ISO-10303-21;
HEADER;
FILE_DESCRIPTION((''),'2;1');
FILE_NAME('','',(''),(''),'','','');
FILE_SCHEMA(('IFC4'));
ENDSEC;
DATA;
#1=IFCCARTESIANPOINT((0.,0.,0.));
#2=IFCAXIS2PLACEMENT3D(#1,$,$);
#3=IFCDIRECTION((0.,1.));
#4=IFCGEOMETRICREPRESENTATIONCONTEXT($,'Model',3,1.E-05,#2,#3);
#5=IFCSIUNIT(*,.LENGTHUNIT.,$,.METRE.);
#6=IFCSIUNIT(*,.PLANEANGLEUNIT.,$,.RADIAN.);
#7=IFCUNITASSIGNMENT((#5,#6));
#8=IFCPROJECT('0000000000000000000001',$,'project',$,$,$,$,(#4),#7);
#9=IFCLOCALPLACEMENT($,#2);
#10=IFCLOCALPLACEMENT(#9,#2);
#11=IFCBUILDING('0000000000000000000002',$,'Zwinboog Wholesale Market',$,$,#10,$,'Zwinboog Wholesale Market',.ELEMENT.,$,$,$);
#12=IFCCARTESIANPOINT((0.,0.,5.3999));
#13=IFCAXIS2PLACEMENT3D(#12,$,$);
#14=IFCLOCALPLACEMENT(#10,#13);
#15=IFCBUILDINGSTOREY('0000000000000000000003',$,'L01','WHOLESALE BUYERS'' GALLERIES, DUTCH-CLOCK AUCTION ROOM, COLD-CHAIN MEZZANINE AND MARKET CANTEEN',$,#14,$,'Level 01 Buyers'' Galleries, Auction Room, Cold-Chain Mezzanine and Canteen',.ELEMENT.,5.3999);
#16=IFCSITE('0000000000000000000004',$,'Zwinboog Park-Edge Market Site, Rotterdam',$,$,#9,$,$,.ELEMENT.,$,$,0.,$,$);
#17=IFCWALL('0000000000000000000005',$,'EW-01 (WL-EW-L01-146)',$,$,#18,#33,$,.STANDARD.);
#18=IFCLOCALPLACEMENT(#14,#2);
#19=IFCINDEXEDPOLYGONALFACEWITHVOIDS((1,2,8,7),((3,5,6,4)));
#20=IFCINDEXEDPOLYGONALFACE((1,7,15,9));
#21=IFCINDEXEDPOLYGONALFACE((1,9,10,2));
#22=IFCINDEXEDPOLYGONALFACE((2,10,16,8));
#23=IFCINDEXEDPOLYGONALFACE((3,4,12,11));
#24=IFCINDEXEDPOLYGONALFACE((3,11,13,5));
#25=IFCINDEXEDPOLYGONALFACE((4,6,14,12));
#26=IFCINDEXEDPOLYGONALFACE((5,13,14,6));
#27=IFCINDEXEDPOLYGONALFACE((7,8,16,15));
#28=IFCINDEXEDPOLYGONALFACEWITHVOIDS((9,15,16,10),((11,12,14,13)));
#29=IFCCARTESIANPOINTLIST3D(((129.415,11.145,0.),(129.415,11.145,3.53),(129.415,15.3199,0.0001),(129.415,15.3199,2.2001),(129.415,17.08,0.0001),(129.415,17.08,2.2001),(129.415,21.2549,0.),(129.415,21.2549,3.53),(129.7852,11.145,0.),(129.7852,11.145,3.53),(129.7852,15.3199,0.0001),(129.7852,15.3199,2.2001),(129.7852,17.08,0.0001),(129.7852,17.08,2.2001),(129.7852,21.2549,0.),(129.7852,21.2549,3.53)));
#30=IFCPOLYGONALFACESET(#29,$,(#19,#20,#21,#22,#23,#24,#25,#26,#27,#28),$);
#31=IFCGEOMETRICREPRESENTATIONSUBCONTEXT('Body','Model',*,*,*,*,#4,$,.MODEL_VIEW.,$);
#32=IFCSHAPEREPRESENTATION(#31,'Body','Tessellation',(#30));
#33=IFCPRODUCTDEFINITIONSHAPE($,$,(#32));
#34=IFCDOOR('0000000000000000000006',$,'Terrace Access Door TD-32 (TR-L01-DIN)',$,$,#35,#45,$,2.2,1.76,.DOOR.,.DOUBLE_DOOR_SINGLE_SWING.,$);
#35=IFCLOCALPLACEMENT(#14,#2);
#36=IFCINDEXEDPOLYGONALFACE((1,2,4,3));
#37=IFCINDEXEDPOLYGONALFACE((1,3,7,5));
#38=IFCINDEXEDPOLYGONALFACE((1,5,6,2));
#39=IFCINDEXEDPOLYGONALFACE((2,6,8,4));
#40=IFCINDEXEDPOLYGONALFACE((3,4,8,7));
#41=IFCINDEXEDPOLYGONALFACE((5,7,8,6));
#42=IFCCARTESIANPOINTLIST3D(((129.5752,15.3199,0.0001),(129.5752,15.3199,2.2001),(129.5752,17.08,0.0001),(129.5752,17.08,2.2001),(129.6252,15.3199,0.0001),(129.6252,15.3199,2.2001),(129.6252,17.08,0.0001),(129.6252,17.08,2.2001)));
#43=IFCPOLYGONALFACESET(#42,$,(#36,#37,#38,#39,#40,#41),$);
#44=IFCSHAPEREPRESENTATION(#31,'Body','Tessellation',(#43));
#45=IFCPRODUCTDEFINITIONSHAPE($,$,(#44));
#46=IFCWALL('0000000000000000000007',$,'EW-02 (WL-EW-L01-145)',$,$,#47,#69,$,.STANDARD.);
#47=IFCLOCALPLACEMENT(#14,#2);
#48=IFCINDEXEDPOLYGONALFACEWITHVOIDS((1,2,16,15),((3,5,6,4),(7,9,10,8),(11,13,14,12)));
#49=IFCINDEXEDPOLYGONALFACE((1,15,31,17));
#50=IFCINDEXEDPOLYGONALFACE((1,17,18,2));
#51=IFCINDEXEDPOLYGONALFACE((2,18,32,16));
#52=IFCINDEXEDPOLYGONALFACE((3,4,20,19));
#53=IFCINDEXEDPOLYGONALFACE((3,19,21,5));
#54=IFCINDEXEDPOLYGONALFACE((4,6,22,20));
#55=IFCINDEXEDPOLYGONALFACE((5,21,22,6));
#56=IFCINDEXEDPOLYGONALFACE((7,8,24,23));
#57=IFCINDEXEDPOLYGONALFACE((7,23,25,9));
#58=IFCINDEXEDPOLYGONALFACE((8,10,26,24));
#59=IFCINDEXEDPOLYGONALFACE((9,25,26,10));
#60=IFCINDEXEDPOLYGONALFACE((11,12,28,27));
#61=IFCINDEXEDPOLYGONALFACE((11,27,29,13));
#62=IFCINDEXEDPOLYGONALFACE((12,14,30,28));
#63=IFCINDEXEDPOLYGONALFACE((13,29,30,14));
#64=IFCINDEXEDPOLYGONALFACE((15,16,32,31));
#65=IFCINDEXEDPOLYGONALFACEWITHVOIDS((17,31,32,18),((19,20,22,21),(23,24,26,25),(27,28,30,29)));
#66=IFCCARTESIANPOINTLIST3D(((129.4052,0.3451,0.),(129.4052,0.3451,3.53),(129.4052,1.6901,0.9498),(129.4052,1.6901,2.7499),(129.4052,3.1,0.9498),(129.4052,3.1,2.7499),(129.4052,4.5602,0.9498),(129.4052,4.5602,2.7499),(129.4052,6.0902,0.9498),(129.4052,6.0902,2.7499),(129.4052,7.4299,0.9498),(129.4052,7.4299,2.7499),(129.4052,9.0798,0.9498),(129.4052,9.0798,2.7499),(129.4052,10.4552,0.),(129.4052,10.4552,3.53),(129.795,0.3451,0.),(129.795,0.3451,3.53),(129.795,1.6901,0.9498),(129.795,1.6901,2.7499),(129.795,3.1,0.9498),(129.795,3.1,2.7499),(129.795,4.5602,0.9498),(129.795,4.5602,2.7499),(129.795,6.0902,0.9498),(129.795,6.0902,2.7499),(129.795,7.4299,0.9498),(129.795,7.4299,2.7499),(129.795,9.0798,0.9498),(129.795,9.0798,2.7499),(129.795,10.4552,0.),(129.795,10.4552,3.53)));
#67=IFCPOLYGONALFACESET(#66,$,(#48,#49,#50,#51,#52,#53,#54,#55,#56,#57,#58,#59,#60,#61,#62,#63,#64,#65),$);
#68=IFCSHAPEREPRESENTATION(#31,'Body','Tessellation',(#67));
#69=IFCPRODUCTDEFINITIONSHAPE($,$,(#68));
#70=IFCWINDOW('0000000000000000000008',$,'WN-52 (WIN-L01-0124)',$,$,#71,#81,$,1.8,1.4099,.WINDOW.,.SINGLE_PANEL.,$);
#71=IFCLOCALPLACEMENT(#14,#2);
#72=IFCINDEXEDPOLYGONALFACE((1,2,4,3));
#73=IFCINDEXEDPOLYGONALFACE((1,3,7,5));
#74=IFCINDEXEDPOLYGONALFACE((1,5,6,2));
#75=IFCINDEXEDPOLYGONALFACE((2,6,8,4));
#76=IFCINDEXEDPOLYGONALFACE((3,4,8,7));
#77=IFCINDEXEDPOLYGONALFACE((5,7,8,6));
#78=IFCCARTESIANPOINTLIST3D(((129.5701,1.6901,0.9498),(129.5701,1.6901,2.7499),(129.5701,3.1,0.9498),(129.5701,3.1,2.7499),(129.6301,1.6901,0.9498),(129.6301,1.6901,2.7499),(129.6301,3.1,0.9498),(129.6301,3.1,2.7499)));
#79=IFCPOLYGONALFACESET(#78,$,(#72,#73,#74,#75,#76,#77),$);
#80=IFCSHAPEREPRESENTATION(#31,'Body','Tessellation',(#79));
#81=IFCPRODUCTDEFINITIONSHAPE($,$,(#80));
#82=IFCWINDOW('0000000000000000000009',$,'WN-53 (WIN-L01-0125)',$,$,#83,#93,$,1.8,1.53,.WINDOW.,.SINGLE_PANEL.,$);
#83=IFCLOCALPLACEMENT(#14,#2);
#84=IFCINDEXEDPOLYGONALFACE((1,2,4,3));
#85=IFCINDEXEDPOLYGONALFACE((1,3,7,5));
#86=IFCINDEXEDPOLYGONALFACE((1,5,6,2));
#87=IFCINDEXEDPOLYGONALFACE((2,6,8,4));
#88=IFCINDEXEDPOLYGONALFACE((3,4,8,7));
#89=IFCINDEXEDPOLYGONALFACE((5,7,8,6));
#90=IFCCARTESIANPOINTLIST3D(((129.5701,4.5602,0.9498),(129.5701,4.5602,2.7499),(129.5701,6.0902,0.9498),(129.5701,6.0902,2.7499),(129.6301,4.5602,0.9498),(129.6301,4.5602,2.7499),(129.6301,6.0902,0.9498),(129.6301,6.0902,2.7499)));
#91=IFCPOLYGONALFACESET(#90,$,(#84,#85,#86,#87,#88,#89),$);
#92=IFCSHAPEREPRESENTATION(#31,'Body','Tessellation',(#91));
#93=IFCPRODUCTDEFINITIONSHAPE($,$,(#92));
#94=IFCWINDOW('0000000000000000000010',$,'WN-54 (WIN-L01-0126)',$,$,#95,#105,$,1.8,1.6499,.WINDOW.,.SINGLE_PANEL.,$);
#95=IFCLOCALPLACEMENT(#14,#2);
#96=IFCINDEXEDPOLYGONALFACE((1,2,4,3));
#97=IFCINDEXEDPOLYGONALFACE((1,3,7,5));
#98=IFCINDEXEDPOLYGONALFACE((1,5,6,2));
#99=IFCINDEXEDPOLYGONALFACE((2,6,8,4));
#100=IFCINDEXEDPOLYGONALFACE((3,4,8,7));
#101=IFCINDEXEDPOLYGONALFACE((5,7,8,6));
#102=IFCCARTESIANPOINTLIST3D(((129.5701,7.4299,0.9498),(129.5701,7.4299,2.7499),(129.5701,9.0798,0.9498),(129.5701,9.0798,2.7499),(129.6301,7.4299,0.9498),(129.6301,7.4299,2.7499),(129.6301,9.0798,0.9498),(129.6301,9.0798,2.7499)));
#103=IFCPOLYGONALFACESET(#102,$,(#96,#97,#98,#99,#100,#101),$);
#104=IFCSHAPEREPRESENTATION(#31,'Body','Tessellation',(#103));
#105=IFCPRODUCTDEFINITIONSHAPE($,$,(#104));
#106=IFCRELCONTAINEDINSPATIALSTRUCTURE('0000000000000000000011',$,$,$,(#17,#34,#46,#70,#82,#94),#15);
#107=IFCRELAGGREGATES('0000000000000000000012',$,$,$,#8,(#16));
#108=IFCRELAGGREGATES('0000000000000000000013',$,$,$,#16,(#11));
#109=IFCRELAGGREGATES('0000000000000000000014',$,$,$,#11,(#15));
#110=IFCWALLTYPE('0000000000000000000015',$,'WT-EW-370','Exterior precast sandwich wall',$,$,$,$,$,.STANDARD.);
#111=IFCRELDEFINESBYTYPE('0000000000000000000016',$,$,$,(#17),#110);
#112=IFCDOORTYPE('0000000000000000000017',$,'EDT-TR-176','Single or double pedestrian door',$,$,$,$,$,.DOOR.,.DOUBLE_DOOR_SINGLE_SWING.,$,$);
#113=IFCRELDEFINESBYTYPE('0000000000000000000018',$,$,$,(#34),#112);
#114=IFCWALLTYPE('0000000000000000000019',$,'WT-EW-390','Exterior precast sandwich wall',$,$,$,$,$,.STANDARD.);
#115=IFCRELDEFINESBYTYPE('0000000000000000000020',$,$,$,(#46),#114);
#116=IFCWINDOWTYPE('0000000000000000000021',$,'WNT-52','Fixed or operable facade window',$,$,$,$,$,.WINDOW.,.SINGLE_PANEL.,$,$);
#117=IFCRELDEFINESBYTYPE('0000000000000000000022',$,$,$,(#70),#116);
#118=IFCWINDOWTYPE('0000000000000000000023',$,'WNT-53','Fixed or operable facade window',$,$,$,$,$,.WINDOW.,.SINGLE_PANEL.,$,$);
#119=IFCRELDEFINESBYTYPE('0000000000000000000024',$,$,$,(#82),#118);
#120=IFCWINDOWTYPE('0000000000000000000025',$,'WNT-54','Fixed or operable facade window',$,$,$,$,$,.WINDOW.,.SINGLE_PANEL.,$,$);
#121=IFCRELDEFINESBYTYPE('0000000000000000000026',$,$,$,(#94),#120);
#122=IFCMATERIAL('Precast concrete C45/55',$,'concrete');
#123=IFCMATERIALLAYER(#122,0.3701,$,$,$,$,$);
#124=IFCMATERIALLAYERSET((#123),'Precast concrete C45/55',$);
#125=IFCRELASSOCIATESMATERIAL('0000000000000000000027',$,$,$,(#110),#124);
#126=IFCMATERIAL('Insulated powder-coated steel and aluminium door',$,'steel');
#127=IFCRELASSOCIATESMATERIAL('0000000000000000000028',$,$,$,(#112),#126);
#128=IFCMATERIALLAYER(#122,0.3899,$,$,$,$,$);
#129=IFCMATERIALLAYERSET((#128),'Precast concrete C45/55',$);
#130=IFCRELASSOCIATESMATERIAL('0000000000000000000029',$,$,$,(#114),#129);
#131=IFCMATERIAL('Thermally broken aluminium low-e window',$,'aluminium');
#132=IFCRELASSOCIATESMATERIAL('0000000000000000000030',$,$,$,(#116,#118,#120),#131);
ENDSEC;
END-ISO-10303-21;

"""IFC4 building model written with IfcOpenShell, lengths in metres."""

from ifc_helpers import new_model, si_unit, direction, frame, frame_2d, origin, place, context, subcontext, project, spatial, rectangle, extrude, material, layer, layer_set, type_object, element, fill, save


model = new_model("IFC4")

# Units and contexts
model_context = context("Model", 3, precision=1e-05, world=origin(), true_north=direction((0.0, 1.0)))
body_context = subcontext(model_context, "Body", "Model", "MODEL_VIEW")
ifc_project = project(units=[si_unit("LENGTHUNIT", "METRE"), si_unit("PLANEANGLEUNIT", "RADIAN")], contexts=[model_context])

# Site, building, storey
site_placement = place(None, origin())
site = spatial("IfcSite", under=ifc_project, at=site_placement, Name="Zwinboog Park-Edge Market Site, Rotterdam", CompositionType="ELEMENT", RefElevation=0.0)
building_placement = place(site_placement, origin())
building = spatial("IfcBuilding", under=site, at=building_placement, Name="Zwinboog Wholesale Market", LongName="Zwinboog Wholesale Market", CompositionType="ELEMENT")
storey_placement = place(building_placement, frame((0.0, 0.0, 5.3999)))
storey = spatial("IfcBuildingStorey", under=building, at=storey_placement, Name="L01", Description="WHOLESALE BUYERS' GALLERIES, DUTCH-CLOCK AUCTION ROOM, COLD-CHAIN MEZZANINE AND MARKET CANTEEN", LongName="Level 01 Buyers' Galleries, Auction Room, Cold-Chain Mezzanine and Canteen", CompositionType="ELEMENT", Elevation=5.3999)

# Shared definitions
ifc_material_1 = material(Name="Precast concrete C45/55", Category="concrete")

# Wall, opening, door
ifc_layer_1 = layer(ifc_material_1, 0.3701)
ifc_layer_set_1 = layer_set([ifc_layer_1], Name="Precast concrete C45/55")
wall_type_1 = type_object("IfcWallType", Name="WT-EW-370", Description="Exterior precast sandwich wall", PredefinedType="STANDARD", material=ifc_layer_set_1)
wall_1_placement = place(storey_placement, frame((129.6001, 11.145, 0.0), z_axis=(0.0, 0.0, 1.0), x_axis=(0.0, 1.0, 0.0)))
wall_1 = element("IfcWall", 1, at=wall_1_placement, inside=storey, type_object=wall_type_1, Name="EW-01 (WL-EW-L01-146)", PredefinedType="STANDARD", context=body_context, shape_type="SweptSolid", body=[
    extrude(rectangle(XDim=10.1099, YDim=0.3701, at=frame_2d((5.0549, 0.0))), origin(), (0.0, 0.0, 1.0), 3.53),
])
opening_1_placement = place(wall_1_placement, frame((4.175, 0.0, 0.0)))
opening_1 = element("IfcOpeningElement", 2, at=opening_1_placement, cuts=wall_1, PredefinedType="OPENING", context=body_context, shape_type="SweptSolid", body=[
    extrude(rectangle(XDim=1.76, YDim=2.2, at=frame_2d((0.8799, 1.1001))), frame((0.0, 0.1951, 0.0), z_axis=(0.0, -1.0, 0.0), x_axis=(1.0, 0.0, 0.0)), (0.0, 0.0, 1.0), 0.3901),
])
ifc_material_2 = material(Name="Insulated powder-coated steel and aluminium door", Category="steel")
door_type = type_object("IfcDoorType", Name="EDT-TR-176", Description="Single or double pedestrian door", OperationType="DOUBLE_DOOR_SINGLE_SWING", PredefinedType="DOOR", material=ifc_material_2)
door_placement = place(opening_1_placement, origin())
door = element("IfcDoor", 3, at=door_placement, inside=storey, type_object=door_type, Name="Terrace Access Door TD-32 (TR-L01-DIN)", OperationType="DOUBLE_DOOR_SINGLE_SWING", OverallHeight=2.2, OverallWidth=1.76, PredefinedType="DOOR", context=body_context, shape_type="SweptSolid", body=[
    extrude(rectangle(XDim=1.76, YDim=2.2, at=frame_2d((0.8799, 1.1001))), frame((0.0, 0.0249, 0.0), z_axis=(0.0, -1.0, 0.0), x_axis=(1.0, 0.0, 0.0)), (0.0, 0.0, 1.0), 0.05),
])
fill(opening_1, door)

# Wall, openings, windows
ifc_layer_2 = layer(ifc_material_1, 0.3899)
ifc_layer_set_2 = layer_set([ifc_layer_2], Name="Precast concrete C45/55")
wall_type_2 = type_object("IfcWallType", Name="WT-EW-390", Description="Exterior precast sandwich wall", PredefinedType="STANDARD", material=ifc_layer_set_2)
wall_2_placement = place(storey_placement, frame((129.6001, 0.345, 0.0), z_axis=(0.0, 0.0, 1.0), x_axis=(0.0, 1.0, 0.0)))
wall_2 = element("IfcWall", 4, at=wall_2_placement, inside=storey, type_object=wall_type_2, Name="EW-02 (WL-EW-L01-145)", PredefinedType="STANDARD", context=body_context, shape_type="SweptSolid", body=[
    extrude(rectangle(XDim=10.1101, YDim=0.3899, at=frame_2d((5.0552, 0.0))), origin(), (0.0, 0.0, 1.0), 3.53),
])
opening_2_placement = place(wall_2_placement, frame((1.345, 0.0, 0.95)))
opening_2 = element("IfcOpeningElement", 5, at=opening_2_placement, cuts=wall_2, PredefinedType="OPENING", context=body_context, shape_type="SweptSolid", body=[
    extrude(rectangle(XDim=1.4099, YDim=1.8, at=frame_2d((0.7051, 0.8999))), frame((0.0, 0.2048, 0.0), z_axis=(0.0, -1.0, 0.0), x_axis=(1.0, 0.0, 0.0)), (0.0, 0.0, 1.0), 0.4099),
])
opening_3_placement = place(wall_2_placement, frame((4.2151, 0.0, 0.95)))
opening_3 = element("IfcOpeningElement", 6, at=opening_3_placement, cuts=wall_2, PredefinedType="OPENING", context=body_context, shape_type="SweptSolid", body=[
    extrude(rectangle(XDim=1.53, YDim=1.8, at=frame_2d((0.7651, 0.8999))), frame((0.0, 0.2048, 0.0), z_axis=(0.0, -1.0, 0.0), x_axis=(1.0, 0.0, 0.0)), (0.0, 0.0, 1.0), 0.4099),
])
opening_4_placement = place(wall_2_placement, frame((7.085, 0.0, 0.95)))
opening_4 = element("IfcOpeningElement", 7, at=opening_4_placement, cuts=wall_2, PredefinedType="OPENING", context=body_context, shape_type="SweptSolid", body=[
    extrude(rectangle(XDim=1.6499, YDim=1.8, at=frame_2d((0.825, 0.8999))), frame((0.0, 0.2048, 0.0), z_axis=(0.0, -1.0, 0.0), x_axis=(1.0, 0.0, 0.0)), (0.0, 0.0, 1.0), 0.4099),
])
ifc_material_3 = material(Name="Thermally broken aluminium low-e window", Category="aluminium")
window_type_1 = type_object("IfcWindowType", Name="WNT-52", Description="Fixed or operable facade window", PartitioningType="SINGLE_PANEL", PredefinedType="WINDOW", material=ifc_material_3)
window_1_placement = place(opening_2_placement, origin())
window_1 = element("IfcWindow", 8, at=window_1_placement, inside=storey, type_object=window_type_1, Name="WN-52 (WIN-L01-0124)", OverallHeight=1.8, OverallWidth=1.4099, PartitioningType="SINGLE_PANEL", PredefinedType="WINDOW", context=body_context, shape_type="SweptSolid", body=[
    extrude(rectangle(XDim=1.4099, YDim=1.8, at=frame_2d((0.7051, 0.8999))), frame((0.0, 0.03, 0.0), z_axis=(0.0, -1.0, 0.0), x_axis=(1.0, 0.0, 0.0)), (0.0, 0.0, 1.0), 0.0601),
])
fill(opening_2, window_1)
window_type_2 = type_object("IfcWindowType", Name="WNT-53", Description="Fixed or operable facade window", PartitioningType="SINGLE_PANEL", PredefinedType="WINDOW", material=ifc_material_3)
window_2_placement = place(opening_3_placement, origin())
window_2 = element("IfcWindow", 9, at=window_2_placement, inside=storey, type_object=window_type_2, Name="WN-53 (WIN-L01-0125)", OverallHeight=1.8, OverallWidth=1.53, PartitioningType="SINGLE_PANEL", PredefinedType="WINDOW", context=body_context, shape_type="SweptSolid", body=[
    extrude(rectangle(XDim=1.53, YDim=1.8, at=frame_2d((0.7651, 0.8999))), frame((0.0, 0.03, 0.0), z_axis=(0.0, -1.0, 0.0), x_axis=(1.0, 0.0, 0.0)), (0.0, 0.0, 1.0), 0.0601),
])
fill(opening_3, window_2)
window_type_3 = type_object("IfcWindowType", Name="WNT-54", Description="Fixed or operable facade window", PartitioningType="SINGLE_PANEL", PredefinedType="WINDOW", material=ifc_material_3)
window_3_placement = place(opening_4_placement, origin())
window_3 = element("IfcWindow", 10, at=window_3_placement, inside=storey, type_object=window_type_3, Name="WN-54 (WIN-L01-0126)", OverallHeight=1.8, OverallWidth=1.6499, PartitioningType="SINGLE_PANEL", PredefinedType="WINDOW", context=body_context, shape_type="SweptSolid", body=[
    extrude(rectangle(XDim=1.6499, YDim=1.8, at=frame_2d((0.825, 0.8999))), frame((0.0, 0.03, 0.0), z_axis=(0.0, -1.0, 0.0), x_axis=(1.0, 0.0, 0.0)), (0.0, 0.0, 1.0), 0.0601),
])
fill(opening_4, window_3)

save(model, "model.ifc")
